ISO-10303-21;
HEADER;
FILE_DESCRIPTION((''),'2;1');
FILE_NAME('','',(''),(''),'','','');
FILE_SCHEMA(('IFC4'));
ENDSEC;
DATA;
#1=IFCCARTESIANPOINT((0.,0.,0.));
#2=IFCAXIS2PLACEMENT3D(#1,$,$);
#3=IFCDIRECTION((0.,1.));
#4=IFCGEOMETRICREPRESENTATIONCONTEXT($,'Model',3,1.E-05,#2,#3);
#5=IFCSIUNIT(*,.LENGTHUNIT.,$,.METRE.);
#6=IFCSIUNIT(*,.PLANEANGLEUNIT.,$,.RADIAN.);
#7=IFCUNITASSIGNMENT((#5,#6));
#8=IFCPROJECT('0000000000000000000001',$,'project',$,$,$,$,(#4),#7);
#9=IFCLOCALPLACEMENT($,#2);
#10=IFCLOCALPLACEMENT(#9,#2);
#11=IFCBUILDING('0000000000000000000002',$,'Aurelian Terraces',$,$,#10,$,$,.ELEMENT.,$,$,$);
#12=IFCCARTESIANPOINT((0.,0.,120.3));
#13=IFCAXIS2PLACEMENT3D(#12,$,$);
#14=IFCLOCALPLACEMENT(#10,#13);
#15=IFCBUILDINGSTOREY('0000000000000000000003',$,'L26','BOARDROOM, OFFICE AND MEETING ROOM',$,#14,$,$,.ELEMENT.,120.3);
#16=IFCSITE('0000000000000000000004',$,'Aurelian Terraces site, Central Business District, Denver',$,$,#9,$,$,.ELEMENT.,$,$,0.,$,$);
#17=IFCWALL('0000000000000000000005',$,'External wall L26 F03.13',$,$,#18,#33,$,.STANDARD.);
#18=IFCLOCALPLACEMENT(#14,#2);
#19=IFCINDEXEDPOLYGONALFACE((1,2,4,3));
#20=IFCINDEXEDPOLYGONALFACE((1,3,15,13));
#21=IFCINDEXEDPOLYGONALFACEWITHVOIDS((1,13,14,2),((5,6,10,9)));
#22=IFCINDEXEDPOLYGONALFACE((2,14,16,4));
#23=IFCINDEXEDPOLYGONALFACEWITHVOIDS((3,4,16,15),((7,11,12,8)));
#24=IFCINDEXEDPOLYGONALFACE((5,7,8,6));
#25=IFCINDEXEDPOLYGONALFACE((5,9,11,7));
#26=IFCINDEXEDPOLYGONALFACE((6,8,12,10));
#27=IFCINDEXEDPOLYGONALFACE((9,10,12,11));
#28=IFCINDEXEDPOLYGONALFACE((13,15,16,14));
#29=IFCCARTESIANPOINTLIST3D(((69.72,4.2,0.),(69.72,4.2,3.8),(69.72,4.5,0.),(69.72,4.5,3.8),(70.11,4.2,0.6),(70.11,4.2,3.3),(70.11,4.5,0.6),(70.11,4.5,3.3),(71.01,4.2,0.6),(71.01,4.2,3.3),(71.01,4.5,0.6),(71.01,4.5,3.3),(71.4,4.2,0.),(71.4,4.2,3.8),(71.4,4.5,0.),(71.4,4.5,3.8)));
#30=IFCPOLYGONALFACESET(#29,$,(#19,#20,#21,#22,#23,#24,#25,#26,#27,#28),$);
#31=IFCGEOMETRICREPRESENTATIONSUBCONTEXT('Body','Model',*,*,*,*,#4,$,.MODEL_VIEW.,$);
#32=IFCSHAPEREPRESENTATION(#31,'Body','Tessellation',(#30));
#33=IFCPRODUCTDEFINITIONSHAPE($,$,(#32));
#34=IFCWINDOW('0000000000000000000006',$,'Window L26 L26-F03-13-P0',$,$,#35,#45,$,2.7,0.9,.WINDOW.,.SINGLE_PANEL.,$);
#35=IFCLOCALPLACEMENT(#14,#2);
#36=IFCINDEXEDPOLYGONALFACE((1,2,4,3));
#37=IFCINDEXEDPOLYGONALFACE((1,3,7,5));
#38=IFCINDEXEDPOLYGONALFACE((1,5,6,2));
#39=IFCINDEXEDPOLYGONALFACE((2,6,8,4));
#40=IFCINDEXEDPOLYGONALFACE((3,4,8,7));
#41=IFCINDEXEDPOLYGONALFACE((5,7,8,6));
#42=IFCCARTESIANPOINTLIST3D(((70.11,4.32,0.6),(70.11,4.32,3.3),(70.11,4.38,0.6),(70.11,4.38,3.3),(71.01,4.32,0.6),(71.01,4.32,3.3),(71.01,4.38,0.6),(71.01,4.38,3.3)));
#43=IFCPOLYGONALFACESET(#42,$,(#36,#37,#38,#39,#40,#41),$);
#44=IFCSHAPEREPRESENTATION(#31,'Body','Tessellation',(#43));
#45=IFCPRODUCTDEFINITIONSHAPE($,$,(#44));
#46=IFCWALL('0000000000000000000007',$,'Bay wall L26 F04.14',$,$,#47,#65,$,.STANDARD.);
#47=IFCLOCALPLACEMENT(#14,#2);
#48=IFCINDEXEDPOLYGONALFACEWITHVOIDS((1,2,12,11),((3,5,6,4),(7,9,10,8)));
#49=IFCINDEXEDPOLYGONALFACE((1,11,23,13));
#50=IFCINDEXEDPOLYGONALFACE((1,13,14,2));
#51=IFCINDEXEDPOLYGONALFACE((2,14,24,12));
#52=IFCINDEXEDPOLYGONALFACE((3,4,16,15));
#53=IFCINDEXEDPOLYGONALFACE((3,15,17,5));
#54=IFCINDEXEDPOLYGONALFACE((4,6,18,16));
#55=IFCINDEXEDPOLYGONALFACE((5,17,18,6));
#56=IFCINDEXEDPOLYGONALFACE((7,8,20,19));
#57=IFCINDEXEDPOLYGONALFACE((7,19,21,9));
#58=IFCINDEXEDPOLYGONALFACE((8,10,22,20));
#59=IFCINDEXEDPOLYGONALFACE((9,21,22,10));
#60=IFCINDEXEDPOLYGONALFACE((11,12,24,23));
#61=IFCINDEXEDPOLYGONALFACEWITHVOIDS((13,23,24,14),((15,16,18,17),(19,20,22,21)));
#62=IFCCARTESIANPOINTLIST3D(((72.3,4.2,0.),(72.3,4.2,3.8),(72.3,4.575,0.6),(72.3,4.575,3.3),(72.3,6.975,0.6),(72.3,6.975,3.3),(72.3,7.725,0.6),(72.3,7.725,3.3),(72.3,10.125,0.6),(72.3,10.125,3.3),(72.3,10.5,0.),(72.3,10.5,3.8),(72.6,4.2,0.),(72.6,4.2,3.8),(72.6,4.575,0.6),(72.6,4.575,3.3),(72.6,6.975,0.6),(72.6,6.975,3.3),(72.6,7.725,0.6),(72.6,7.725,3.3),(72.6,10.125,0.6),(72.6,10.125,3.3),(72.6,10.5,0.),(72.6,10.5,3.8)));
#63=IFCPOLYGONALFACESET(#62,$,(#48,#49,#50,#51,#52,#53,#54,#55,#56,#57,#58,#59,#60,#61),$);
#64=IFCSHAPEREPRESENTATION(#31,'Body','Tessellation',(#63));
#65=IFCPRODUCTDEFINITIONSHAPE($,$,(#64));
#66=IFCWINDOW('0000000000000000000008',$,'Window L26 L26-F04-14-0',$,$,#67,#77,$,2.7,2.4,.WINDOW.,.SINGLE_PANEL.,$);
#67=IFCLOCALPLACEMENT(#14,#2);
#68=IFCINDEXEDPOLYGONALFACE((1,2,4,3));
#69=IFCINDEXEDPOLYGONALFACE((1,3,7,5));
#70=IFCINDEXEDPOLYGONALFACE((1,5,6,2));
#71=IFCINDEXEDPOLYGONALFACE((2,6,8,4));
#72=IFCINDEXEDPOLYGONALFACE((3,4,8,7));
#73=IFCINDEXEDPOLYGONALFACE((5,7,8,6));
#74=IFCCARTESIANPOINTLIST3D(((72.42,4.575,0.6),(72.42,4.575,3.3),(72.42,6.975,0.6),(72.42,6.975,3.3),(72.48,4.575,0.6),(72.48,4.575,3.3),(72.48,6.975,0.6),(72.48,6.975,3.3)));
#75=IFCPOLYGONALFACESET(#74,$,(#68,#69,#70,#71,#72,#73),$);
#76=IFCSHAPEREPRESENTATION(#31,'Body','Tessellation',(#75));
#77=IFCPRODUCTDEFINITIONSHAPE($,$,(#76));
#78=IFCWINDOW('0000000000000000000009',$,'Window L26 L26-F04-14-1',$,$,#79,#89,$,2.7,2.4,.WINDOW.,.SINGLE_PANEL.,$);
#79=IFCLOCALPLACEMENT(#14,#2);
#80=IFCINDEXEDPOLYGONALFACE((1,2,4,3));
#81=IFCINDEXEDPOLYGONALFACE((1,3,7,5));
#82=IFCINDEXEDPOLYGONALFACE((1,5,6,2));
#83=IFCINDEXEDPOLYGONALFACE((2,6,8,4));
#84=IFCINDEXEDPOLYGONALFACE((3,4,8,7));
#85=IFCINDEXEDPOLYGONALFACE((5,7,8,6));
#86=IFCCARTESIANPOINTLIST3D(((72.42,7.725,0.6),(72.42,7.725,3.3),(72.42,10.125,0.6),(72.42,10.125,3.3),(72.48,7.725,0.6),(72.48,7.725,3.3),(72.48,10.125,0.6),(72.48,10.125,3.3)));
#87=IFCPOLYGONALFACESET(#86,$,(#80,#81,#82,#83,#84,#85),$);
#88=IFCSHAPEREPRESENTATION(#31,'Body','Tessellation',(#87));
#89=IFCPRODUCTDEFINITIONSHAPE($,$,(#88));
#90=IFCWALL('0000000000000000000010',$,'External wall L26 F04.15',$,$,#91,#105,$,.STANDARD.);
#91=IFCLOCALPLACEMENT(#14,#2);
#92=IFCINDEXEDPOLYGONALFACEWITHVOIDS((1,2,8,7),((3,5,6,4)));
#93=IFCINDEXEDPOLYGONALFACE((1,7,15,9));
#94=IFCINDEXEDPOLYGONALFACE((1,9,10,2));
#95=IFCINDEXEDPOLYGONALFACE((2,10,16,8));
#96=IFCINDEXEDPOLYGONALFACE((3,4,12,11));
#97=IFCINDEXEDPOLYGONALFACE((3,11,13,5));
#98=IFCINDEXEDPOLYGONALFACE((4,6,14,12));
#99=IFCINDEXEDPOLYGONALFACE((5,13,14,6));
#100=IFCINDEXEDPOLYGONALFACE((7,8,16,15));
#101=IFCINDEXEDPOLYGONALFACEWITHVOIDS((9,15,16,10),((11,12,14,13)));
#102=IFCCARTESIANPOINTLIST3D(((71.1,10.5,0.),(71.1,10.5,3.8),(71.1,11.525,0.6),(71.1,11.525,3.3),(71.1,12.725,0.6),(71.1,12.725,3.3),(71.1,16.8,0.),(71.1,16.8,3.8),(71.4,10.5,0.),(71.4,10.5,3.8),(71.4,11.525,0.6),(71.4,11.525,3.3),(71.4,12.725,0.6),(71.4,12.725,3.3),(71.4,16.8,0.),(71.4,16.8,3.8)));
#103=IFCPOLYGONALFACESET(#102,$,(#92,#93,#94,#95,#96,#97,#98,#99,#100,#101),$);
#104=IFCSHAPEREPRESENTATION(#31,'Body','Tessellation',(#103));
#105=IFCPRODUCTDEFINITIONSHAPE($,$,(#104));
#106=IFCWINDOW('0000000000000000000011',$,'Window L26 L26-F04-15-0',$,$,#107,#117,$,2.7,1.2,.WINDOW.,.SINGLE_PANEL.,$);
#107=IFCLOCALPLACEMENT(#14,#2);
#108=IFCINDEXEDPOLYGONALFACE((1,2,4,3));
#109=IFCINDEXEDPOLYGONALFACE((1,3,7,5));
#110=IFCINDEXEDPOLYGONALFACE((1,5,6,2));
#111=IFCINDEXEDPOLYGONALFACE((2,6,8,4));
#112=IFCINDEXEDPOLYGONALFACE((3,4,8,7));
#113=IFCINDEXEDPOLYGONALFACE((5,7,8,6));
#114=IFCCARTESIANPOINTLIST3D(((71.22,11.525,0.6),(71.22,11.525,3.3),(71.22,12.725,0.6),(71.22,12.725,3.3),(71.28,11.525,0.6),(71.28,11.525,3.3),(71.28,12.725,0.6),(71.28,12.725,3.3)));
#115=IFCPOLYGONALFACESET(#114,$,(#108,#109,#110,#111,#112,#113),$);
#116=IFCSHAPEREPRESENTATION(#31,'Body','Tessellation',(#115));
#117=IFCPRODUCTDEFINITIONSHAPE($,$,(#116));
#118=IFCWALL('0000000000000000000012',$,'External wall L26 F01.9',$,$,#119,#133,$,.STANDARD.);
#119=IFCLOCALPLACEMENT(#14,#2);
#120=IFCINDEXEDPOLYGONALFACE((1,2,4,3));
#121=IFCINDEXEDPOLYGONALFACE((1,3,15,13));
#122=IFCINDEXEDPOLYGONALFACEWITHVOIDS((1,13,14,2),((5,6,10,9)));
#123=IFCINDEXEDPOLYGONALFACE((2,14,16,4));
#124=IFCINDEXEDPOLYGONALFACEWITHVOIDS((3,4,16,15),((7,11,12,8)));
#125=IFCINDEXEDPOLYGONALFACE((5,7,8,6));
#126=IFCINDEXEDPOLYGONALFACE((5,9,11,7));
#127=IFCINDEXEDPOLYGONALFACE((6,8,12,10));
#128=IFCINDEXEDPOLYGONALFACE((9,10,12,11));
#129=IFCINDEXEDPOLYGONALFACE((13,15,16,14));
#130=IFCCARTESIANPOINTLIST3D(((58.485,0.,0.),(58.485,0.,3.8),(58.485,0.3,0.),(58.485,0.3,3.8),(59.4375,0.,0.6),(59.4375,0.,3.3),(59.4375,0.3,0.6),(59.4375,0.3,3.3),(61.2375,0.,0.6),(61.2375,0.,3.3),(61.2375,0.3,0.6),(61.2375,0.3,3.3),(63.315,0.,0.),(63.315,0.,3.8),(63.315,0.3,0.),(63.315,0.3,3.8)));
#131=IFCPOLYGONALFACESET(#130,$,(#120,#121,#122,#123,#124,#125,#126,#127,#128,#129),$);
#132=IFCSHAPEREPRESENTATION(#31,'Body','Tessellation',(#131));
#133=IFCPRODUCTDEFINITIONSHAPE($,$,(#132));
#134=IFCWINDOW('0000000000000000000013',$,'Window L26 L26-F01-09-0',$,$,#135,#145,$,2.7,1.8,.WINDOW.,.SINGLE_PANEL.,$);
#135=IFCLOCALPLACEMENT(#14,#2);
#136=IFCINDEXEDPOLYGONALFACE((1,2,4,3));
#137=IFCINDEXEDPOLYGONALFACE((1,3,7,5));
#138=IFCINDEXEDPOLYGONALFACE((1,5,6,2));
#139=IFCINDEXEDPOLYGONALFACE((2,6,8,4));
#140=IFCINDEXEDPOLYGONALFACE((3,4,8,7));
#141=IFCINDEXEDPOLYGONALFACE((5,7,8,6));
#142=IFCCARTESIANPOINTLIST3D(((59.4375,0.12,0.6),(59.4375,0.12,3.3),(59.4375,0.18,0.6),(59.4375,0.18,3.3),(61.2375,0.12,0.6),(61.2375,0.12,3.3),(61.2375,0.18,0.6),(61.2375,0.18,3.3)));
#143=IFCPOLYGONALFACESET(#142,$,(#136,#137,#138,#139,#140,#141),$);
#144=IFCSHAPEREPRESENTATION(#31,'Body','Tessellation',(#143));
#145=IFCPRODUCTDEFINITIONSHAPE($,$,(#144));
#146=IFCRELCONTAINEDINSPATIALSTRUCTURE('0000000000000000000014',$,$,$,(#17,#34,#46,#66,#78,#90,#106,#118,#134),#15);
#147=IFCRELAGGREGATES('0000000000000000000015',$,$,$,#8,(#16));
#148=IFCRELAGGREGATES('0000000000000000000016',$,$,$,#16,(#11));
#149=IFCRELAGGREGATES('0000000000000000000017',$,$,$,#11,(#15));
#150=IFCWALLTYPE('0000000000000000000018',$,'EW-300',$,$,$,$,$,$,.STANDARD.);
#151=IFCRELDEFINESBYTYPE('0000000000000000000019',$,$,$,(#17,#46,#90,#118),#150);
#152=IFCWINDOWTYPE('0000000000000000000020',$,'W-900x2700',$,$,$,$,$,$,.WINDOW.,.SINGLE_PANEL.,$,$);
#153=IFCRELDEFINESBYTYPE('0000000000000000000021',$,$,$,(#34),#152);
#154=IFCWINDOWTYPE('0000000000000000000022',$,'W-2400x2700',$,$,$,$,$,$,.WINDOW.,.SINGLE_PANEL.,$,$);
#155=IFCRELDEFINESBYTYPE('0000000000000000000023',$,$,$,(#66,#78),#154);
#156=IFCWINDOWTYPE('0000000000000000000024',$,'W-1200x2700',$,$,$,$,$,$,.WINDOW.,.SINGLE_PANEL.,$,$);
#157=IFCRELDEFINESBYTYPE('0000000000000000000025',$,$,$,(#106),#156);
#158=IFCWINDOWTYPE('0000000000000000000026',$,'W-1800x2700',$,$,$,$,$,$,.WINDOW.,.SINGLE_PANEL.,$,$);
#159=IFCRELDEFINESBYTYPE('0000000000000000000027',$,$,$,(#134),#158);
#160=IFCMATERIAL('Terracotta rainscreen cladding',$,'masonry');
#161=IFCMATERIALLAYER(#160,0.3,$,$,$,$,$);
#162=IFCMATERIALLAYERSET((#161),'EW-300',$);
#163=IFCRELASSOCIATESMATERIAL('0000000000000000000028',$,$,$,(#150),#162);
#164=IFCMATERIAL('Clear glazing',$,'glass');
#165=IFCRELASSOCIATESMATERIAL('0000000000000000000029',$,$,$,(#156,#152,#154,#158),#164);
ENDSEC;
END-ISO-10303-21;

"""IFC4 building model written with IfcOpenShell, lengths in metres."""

from ifc_helpers import new_model, si_unit, direction, frame, frame_2d, origin, place, context, subcontext, project, spatial, rectangle, extrude, source, transform, mapped, material, layer, layer_set, type_object, element, fill, save


model = new_model("IFC4")

# Units and contexts
model_context = context("Model", 3, precision=1e-05, world=origin(), true_north=direction((0.0, 1.0)))
body_context = subcontext(model_context, "Body", "Model", "MODEL_VIEW")
ifc_project = project(units=[si_unit("LENGTHUNIT", "METRE"), si_unit("PLANEANGLEUNIT", "RADIAN")], contexts=[model_context])

# Site, building, storey
site_placement = place(None, origin())
site = spatial("IfcSite", under=ifc_project, at=site_placement, Name="Aurelian Terraces site, Central Business District, Denver", CompositionType="ELEMENT", RefElevation=0.0)
building_placement = place(site_placement, origin())
building = spatial("IfcBuilding", under=site, at=building_placement, Name="Aurelian Terraces", CompositionType="ELEMENT")
storey_placement = place(building_placement, frame((0.0, 0.0, 120.3)))
storey = spatial("IfcBuildingStorey", under=building, at=storey_placement, Name="L26", Description="BOARDROOM, OFFICE AND MEETING ROOM", CompositionType="ELEMENT", Elevation=120.3)

# Shared definitions
ifc_material_1 = material(Name="Terracotta rainscreen cladding", Category="masonry")
ifc_layer_1 = layer(ifc_material_1, 0.3)
ifc_layer_set_1 = layer_set([ifc_layer_1], Name="EW-300")
wall_type_1 = type_object("IfcWallType", Name="EW-300", PredefinedType="STANDARD", material=ifc_layer_set_1)
ifc_material_2 = material(Name="Clear glazing", Category="glass")

# Wall, opening, window
shared_shape_1 = source(origin(), body_context, "Body", "SweptSolid", [
    extrude(rectangle(XDim=1.2, YDim=2.7, at=frame_2d((0.6, 1.35))), frame((0.0, 0.16, 0.0), z_axis=(0.0, -1.0, 0.0), x_axis=(1.0, 0.0, 0.0)), (0.0, 0.0, 1.0), 0.32),
])
window_type_1 = type_object("IfcWindowType", Name="W-1200x2700", PartitioningType="SINGLE_PANEL", PredefinedType="WINDOW", material=ifc_material_2)
shared_shape_2 = source(origin(), body_context, "Body", "SweptSolid", [
    extrude(rectangle(XDim=1.2, YDim=2.7, at=frame_2d((0.6, 1.35))), frame((0.0, 0.03, 0.0), z_axis=(0.0, -1.0, 0.0), x_axis=(1.0, 0.0, 0.0)), (0.0, 0.0, 1.0), 0.06),
])
shared_shape_3 = source(origin(), body_context, "Body", "SweptSolid", [
    extrude(rectangle(XDim=1.68, YDim=0.3, at=frame_2d((0.84, 0.0))), origin(), (0.0, 0.0, 1.0), 3.8),
])
wall_1_placement = place(storey_placement, frame((69.72, 4.35, 0.0), z_axis=(0.0, 0.0, 1.0), x_axis=(1.0, 0.0, 0.0)))
wall_1 = element("IfcWall", 1, at=wall_1_placement, inside=storey, type_object=wall_type_1, Name="External wall L26 F03.13", PredefinedType="STANDARD", context=body_context, shape_type="MappedRepresentation", body=[
    mapped(shared_shape_3, transform((0.0, 0.0, 0.0), scale=1.0)),
])
shared_shape_4 = source(origin(), body_context, "Body", "SweptSolid", [
    extrude(rectangle(XDim=0.9, YDim=2.7, at=frame_2d((0.45, 1.35))), frame((0.0, 0.16, 0.0), z_axis=(0.0, -1.0, 0.0), x_axis=(1.0, 0.0, 0.0)), (0.0, 0.0, 1.0), 0.32),
])
opening_1_placement = place(wall_1_placement, frame((0.39, 0.0, 0.6)))
opening_1 = element("IfcOpeningElement", 2, at=opening_1_placement, cuts=wall_1, PredefinedType="OPENING", context=body_context, shape_type="MappedRepresentation", body=[
    mapped(shared_shape_4, transform((0.0, 0.0, 0.0), scale=1.0)),
])
window_type_2 = type_object("IfcWindowType", Name="W-900x2700", PartitioningType="SINGLE_PANEL", PredefinedType="WINDOW", material=ifc_material_2)
shared_shape_5 = source(origin(), body_context, "Body", "SweptSolid", [
    extrude(rectangle(XDim=0.9, YDim=2.7, at=frame_2d((0.45, 1.35))), frame((0.0, 0.03, 0.0), z_axis=(0.0, -1.0, 0.0), x_axis=(1.0, 0.0, 0.0)), (0.0, 0.0, 1.0), 0.06),
])
window_1_placement = place(opening_1_placement, origin())
window_1 = element("IfcWindow", 3, at=window_1_placement, inside=storey, type_object=window_type_2, Name="Window L26 L26-F03-13-P0", OverallHeight=2.7, OverallWidth=0.9, PartitioningType="SINGLE_PANEL", PredefinedType="WINDOW", context=body_context, shape_type="MappedRepresentation", body=[
    mapped(shared_shape_5, transform((0.0, 0.0, 0.0), scale=1.0)),
])
fill(opening_1, window_1)

# Wall, openings, windows
shared_shape_6 = source(origin(), body_context, "Body", "SweptSolid", [
    extrude(rectangle(XDim=6.3, YDim=0.3, at=frame_2d((3.15, 0.0))), origin(), (0.0, 0.0, 1.0), 3.8),
])
wall_2_placement = place(storey_placement, frame((72.45, 4.2, 0.0), z_axis=(0.0, 0.0, 1.0), x_axis=(0.0, 1.0, 0.0)))
wall_2 = element("IfcWall", 4, at=wall_2_placement, inside=storey, type_object=wall_type_1, Name="Bay wall L26 F04.14", PredefinedType="STANDARD", context=body_context, shape_type="MappedRepresentation", body=[
    mapped(shared_shape_6, transform((0.0, 0.0, 0.0), scale=1.0)),
])
shared_shape_7 = source(origin(), body_context, "Body", "SweptSolid", [
    extrude(rectangle(XDim=2.4, YDim=2.7, at=frame_2d((1.2, 1.35))), frame((0.0, 0.16, 0.0), z_axis=(0.0, -1.0, 0.0), x_axis=(1.0, 0.0, 0.0)), (0.0, 0.0, 1.0), 0.32),
])
opening_2_placement = place(wall_2_placement, frame((0.375, 0.0, 0.6)))
opening_2 = element("IfcOpeningElement", 5, at=opening_2_placement, cuts=wall_2, PredefinedType="OPENING", context=body_context, shape_type="MappedRepresentation", body=[
    mapped(shared_shape_7, transform((0.0, 0.0, 0.0), scale=1.0)),
])
opening_3_placement = place(wall_2_placement, frame((3.525, 0.0, 0.6)))
opening_3 = element("IfcOpeningElement", 6, at=opening_3_placement, cuts=wall_2, PredefinedType="OPENING", context=body_context, shape_type="MappedRepresentation", body=[
    mapped(shared_shape_7, transform((0.0, 0.0, 0.0), scale=1.0)),
])
window_type_3 = type_object("IfcWindowType", Name="W-2400x2700", PartitioningType="SINGLE_PANEL", PredefinedType="WINDOW", material=ifc_material_2)
shared_shape_8 = source(origin(), body_context, "Body", "SweptSolid", [
    extrude(rectangle(XDim=2.4, YDim=2.7, at=frame_2d((1.2, 1.35))), frame((0.0, 0.03, 0.0), z_axis=(0.0, -1.0, 0.0), x_axis=(1.0, 0.0, 0.0)), (0.0, 0.0, 1.0), 0.06),
])
window_2_placement = place(opening_2_placement, origin())
window_2 = element("IfcWindow", 7, at=window_2_placement, inside=storey, type_object=window_type_3, Name="Window L26 L26-F04-14-0", OverallHeight=2.7, OverallWidth=2.4, PartitioningType="SINGLE_PANEL", PredefinedType="WINDOW", context=body_context, shape_type="MappedRepresentation", body=[
    mapped(shared_shape_8, transform((0.0, 0.0, 0.0), scale=1.0)),
])
fill(opening_2, window_2)
window_3_placement = place(opening_3_placement, origin())
window_3 = element("IfcWindow", 8, at=window_3_placement, inside=storey, type_object=window_type_3, Name="Window L26 L26-F04-14-1", OverallHeight=2.7, OverallWidth=2.4, PartitioningType="SINGLE_PANEL", PredefinedType="WINDOW", context=body_context, shape_type="MappedRepresentation", body=[
    mapped(shared_shape_8, transform((0.0, 0.0, 0.0), scale=1.0)),
])
fill(opening_3, window_3)

# Walls, openings, windows
wall_3_placement = place(storey_placement, frame((71.25, 10.5, 0.0), z_axis=(0.0, 0.0, 1.0), x_axis=(0.0, 1.0, 0.0)))
wall_3 = element("IfcWall", 9, at=wall_3_placement, inside=storey, type_object=wall_type_1, Name="External wall L26 F04.15", PredefinedType="STANDARD", context=body_context, shape_type="MappedRepresentation", body=[
    mapped(shared_shape_6, transform((0.0, 0.0, 0.0), scale=1.0)),
])
opening_4_placement = place(wall_3_placement, frame((1.025, 0.0, 0.6)))
opening_4 = element("IfcOpeningElement", 10, at=opening_4_placement, cuts=wall_3, PredefinedType="OPENING", context=body_context, shape_type="MappedRepresentation", body=[
    mapped(shared_shape_1, transform((0.0, 0.0, 0.0), scale=1.0)),
])
window_4_placement = place(opening_4_placement, origin())
window_4 = element("IfcWindow", 11, at=window_4_placement, inside=storey, type_object=window_type_1, Name="Window L26 L26-F04-15-0", OverallHeight=2.7, OverallWidth=1.2, PartitioningType="SINGLE_PANEL", PredefinedType="WINDOW", context=body_context, shape_type="MappedRepresentation", body=[
    mapped(shared_shape_2, transform((0.0, 0.0, 0.0), scale=1.0)),
])
fill(opening_4, window_4)
shared_shape_9 = source(origin(), body_context, "Body", "SweptSolid", [
    extrude(rectangle(XDim=4.83, YDim=0.3, at=frame_2d((2.415, 0.0))), origin(), (0.0, 0.0, 1.0), 3.8),
])
wall_4_placement = place(storey_placement, frame((58.485, 0.15, 0.0), z_axis=(0.0, 0.0, 1.0), x_axis=(1.0, 0.0, 0.0)))
wall_4 = element("IfcWall", 12, at=wall_4_placement, inside=storey, type_object=wall_type_1, Name="External wall L26 F01.9", PredefinedType="STANDARD", context=body_context, shape_type="MappedRepresentation", body=[
    mapped(shared_shape_9, transform((0.0, 0.0, 0.0), scale=1.0)),
])
shared_shape_10 = source(origin(), body_context, "Body", "SweptSolid", [
    extrude(rectangle(XDim=1.8, YDim=2.7, at=frame_2d((0.9, 1.35))), frame((0.0, 0.16, 0.0), z_axis=(0.0, -1.0, 0.0), x_axis=(1.0, 0.0, 0.0)), (0.0, 0.0, 1.0), 0.32),
])
opening_5_placement = place(wall_4_placement, frame((0.9525, 0.0, 0.6)))
opening_5 = element("IfcOpeningElement", 13, at=opening_5_placement, cuts=wall_4, PredefinedType="OPENING", context=body_context, shape_type="MappedRepresentation", body=[
    mapped(shared_shape_10, transform((0.0, 0.0, 0.0), scale=1.0)),
])
window_type_4 = type_object("IfcWindowType", Name="W-1800x2700", PartitioningType="SINGLE_PANEL", PredefinedType="WINDOW", material=ifc_material_2)
shared_shape_11 = source(origin(), body_context, "Body", "SweptSolid", [
    extrude(rectangle(XDim=1.8, YDim=2.7, at=frame_2d((0.9, 1.35))), frame((0.0, 0.03, 0.0), z_axis=(0.0, -1.0, 0.0), x_axis=(1.0, 0.0, 0.0)), (0.0, 0.0, 1.0), 0.06),
])
window_5_placement = place(opening_5_placement, origin())
window_5 = element("IfcWindow", 14, at=window_5_placement, inside=storey, type_object=window_type_4, Name="Window L26 L26-F01-09-0", OverallHeight=2.7, OverallWidth=1.8, PartitioningType="SINGLE_PANEL", PredefinedType="WINDOW", context=body_context, shape_type="MappedRepresentation", body=[
    mapped(shared_shape_11, transform((0.0, 0.0, 0.0), scale=1.0)),
])
fill(opening_5, window_5)

save(model, "model.ifc")
